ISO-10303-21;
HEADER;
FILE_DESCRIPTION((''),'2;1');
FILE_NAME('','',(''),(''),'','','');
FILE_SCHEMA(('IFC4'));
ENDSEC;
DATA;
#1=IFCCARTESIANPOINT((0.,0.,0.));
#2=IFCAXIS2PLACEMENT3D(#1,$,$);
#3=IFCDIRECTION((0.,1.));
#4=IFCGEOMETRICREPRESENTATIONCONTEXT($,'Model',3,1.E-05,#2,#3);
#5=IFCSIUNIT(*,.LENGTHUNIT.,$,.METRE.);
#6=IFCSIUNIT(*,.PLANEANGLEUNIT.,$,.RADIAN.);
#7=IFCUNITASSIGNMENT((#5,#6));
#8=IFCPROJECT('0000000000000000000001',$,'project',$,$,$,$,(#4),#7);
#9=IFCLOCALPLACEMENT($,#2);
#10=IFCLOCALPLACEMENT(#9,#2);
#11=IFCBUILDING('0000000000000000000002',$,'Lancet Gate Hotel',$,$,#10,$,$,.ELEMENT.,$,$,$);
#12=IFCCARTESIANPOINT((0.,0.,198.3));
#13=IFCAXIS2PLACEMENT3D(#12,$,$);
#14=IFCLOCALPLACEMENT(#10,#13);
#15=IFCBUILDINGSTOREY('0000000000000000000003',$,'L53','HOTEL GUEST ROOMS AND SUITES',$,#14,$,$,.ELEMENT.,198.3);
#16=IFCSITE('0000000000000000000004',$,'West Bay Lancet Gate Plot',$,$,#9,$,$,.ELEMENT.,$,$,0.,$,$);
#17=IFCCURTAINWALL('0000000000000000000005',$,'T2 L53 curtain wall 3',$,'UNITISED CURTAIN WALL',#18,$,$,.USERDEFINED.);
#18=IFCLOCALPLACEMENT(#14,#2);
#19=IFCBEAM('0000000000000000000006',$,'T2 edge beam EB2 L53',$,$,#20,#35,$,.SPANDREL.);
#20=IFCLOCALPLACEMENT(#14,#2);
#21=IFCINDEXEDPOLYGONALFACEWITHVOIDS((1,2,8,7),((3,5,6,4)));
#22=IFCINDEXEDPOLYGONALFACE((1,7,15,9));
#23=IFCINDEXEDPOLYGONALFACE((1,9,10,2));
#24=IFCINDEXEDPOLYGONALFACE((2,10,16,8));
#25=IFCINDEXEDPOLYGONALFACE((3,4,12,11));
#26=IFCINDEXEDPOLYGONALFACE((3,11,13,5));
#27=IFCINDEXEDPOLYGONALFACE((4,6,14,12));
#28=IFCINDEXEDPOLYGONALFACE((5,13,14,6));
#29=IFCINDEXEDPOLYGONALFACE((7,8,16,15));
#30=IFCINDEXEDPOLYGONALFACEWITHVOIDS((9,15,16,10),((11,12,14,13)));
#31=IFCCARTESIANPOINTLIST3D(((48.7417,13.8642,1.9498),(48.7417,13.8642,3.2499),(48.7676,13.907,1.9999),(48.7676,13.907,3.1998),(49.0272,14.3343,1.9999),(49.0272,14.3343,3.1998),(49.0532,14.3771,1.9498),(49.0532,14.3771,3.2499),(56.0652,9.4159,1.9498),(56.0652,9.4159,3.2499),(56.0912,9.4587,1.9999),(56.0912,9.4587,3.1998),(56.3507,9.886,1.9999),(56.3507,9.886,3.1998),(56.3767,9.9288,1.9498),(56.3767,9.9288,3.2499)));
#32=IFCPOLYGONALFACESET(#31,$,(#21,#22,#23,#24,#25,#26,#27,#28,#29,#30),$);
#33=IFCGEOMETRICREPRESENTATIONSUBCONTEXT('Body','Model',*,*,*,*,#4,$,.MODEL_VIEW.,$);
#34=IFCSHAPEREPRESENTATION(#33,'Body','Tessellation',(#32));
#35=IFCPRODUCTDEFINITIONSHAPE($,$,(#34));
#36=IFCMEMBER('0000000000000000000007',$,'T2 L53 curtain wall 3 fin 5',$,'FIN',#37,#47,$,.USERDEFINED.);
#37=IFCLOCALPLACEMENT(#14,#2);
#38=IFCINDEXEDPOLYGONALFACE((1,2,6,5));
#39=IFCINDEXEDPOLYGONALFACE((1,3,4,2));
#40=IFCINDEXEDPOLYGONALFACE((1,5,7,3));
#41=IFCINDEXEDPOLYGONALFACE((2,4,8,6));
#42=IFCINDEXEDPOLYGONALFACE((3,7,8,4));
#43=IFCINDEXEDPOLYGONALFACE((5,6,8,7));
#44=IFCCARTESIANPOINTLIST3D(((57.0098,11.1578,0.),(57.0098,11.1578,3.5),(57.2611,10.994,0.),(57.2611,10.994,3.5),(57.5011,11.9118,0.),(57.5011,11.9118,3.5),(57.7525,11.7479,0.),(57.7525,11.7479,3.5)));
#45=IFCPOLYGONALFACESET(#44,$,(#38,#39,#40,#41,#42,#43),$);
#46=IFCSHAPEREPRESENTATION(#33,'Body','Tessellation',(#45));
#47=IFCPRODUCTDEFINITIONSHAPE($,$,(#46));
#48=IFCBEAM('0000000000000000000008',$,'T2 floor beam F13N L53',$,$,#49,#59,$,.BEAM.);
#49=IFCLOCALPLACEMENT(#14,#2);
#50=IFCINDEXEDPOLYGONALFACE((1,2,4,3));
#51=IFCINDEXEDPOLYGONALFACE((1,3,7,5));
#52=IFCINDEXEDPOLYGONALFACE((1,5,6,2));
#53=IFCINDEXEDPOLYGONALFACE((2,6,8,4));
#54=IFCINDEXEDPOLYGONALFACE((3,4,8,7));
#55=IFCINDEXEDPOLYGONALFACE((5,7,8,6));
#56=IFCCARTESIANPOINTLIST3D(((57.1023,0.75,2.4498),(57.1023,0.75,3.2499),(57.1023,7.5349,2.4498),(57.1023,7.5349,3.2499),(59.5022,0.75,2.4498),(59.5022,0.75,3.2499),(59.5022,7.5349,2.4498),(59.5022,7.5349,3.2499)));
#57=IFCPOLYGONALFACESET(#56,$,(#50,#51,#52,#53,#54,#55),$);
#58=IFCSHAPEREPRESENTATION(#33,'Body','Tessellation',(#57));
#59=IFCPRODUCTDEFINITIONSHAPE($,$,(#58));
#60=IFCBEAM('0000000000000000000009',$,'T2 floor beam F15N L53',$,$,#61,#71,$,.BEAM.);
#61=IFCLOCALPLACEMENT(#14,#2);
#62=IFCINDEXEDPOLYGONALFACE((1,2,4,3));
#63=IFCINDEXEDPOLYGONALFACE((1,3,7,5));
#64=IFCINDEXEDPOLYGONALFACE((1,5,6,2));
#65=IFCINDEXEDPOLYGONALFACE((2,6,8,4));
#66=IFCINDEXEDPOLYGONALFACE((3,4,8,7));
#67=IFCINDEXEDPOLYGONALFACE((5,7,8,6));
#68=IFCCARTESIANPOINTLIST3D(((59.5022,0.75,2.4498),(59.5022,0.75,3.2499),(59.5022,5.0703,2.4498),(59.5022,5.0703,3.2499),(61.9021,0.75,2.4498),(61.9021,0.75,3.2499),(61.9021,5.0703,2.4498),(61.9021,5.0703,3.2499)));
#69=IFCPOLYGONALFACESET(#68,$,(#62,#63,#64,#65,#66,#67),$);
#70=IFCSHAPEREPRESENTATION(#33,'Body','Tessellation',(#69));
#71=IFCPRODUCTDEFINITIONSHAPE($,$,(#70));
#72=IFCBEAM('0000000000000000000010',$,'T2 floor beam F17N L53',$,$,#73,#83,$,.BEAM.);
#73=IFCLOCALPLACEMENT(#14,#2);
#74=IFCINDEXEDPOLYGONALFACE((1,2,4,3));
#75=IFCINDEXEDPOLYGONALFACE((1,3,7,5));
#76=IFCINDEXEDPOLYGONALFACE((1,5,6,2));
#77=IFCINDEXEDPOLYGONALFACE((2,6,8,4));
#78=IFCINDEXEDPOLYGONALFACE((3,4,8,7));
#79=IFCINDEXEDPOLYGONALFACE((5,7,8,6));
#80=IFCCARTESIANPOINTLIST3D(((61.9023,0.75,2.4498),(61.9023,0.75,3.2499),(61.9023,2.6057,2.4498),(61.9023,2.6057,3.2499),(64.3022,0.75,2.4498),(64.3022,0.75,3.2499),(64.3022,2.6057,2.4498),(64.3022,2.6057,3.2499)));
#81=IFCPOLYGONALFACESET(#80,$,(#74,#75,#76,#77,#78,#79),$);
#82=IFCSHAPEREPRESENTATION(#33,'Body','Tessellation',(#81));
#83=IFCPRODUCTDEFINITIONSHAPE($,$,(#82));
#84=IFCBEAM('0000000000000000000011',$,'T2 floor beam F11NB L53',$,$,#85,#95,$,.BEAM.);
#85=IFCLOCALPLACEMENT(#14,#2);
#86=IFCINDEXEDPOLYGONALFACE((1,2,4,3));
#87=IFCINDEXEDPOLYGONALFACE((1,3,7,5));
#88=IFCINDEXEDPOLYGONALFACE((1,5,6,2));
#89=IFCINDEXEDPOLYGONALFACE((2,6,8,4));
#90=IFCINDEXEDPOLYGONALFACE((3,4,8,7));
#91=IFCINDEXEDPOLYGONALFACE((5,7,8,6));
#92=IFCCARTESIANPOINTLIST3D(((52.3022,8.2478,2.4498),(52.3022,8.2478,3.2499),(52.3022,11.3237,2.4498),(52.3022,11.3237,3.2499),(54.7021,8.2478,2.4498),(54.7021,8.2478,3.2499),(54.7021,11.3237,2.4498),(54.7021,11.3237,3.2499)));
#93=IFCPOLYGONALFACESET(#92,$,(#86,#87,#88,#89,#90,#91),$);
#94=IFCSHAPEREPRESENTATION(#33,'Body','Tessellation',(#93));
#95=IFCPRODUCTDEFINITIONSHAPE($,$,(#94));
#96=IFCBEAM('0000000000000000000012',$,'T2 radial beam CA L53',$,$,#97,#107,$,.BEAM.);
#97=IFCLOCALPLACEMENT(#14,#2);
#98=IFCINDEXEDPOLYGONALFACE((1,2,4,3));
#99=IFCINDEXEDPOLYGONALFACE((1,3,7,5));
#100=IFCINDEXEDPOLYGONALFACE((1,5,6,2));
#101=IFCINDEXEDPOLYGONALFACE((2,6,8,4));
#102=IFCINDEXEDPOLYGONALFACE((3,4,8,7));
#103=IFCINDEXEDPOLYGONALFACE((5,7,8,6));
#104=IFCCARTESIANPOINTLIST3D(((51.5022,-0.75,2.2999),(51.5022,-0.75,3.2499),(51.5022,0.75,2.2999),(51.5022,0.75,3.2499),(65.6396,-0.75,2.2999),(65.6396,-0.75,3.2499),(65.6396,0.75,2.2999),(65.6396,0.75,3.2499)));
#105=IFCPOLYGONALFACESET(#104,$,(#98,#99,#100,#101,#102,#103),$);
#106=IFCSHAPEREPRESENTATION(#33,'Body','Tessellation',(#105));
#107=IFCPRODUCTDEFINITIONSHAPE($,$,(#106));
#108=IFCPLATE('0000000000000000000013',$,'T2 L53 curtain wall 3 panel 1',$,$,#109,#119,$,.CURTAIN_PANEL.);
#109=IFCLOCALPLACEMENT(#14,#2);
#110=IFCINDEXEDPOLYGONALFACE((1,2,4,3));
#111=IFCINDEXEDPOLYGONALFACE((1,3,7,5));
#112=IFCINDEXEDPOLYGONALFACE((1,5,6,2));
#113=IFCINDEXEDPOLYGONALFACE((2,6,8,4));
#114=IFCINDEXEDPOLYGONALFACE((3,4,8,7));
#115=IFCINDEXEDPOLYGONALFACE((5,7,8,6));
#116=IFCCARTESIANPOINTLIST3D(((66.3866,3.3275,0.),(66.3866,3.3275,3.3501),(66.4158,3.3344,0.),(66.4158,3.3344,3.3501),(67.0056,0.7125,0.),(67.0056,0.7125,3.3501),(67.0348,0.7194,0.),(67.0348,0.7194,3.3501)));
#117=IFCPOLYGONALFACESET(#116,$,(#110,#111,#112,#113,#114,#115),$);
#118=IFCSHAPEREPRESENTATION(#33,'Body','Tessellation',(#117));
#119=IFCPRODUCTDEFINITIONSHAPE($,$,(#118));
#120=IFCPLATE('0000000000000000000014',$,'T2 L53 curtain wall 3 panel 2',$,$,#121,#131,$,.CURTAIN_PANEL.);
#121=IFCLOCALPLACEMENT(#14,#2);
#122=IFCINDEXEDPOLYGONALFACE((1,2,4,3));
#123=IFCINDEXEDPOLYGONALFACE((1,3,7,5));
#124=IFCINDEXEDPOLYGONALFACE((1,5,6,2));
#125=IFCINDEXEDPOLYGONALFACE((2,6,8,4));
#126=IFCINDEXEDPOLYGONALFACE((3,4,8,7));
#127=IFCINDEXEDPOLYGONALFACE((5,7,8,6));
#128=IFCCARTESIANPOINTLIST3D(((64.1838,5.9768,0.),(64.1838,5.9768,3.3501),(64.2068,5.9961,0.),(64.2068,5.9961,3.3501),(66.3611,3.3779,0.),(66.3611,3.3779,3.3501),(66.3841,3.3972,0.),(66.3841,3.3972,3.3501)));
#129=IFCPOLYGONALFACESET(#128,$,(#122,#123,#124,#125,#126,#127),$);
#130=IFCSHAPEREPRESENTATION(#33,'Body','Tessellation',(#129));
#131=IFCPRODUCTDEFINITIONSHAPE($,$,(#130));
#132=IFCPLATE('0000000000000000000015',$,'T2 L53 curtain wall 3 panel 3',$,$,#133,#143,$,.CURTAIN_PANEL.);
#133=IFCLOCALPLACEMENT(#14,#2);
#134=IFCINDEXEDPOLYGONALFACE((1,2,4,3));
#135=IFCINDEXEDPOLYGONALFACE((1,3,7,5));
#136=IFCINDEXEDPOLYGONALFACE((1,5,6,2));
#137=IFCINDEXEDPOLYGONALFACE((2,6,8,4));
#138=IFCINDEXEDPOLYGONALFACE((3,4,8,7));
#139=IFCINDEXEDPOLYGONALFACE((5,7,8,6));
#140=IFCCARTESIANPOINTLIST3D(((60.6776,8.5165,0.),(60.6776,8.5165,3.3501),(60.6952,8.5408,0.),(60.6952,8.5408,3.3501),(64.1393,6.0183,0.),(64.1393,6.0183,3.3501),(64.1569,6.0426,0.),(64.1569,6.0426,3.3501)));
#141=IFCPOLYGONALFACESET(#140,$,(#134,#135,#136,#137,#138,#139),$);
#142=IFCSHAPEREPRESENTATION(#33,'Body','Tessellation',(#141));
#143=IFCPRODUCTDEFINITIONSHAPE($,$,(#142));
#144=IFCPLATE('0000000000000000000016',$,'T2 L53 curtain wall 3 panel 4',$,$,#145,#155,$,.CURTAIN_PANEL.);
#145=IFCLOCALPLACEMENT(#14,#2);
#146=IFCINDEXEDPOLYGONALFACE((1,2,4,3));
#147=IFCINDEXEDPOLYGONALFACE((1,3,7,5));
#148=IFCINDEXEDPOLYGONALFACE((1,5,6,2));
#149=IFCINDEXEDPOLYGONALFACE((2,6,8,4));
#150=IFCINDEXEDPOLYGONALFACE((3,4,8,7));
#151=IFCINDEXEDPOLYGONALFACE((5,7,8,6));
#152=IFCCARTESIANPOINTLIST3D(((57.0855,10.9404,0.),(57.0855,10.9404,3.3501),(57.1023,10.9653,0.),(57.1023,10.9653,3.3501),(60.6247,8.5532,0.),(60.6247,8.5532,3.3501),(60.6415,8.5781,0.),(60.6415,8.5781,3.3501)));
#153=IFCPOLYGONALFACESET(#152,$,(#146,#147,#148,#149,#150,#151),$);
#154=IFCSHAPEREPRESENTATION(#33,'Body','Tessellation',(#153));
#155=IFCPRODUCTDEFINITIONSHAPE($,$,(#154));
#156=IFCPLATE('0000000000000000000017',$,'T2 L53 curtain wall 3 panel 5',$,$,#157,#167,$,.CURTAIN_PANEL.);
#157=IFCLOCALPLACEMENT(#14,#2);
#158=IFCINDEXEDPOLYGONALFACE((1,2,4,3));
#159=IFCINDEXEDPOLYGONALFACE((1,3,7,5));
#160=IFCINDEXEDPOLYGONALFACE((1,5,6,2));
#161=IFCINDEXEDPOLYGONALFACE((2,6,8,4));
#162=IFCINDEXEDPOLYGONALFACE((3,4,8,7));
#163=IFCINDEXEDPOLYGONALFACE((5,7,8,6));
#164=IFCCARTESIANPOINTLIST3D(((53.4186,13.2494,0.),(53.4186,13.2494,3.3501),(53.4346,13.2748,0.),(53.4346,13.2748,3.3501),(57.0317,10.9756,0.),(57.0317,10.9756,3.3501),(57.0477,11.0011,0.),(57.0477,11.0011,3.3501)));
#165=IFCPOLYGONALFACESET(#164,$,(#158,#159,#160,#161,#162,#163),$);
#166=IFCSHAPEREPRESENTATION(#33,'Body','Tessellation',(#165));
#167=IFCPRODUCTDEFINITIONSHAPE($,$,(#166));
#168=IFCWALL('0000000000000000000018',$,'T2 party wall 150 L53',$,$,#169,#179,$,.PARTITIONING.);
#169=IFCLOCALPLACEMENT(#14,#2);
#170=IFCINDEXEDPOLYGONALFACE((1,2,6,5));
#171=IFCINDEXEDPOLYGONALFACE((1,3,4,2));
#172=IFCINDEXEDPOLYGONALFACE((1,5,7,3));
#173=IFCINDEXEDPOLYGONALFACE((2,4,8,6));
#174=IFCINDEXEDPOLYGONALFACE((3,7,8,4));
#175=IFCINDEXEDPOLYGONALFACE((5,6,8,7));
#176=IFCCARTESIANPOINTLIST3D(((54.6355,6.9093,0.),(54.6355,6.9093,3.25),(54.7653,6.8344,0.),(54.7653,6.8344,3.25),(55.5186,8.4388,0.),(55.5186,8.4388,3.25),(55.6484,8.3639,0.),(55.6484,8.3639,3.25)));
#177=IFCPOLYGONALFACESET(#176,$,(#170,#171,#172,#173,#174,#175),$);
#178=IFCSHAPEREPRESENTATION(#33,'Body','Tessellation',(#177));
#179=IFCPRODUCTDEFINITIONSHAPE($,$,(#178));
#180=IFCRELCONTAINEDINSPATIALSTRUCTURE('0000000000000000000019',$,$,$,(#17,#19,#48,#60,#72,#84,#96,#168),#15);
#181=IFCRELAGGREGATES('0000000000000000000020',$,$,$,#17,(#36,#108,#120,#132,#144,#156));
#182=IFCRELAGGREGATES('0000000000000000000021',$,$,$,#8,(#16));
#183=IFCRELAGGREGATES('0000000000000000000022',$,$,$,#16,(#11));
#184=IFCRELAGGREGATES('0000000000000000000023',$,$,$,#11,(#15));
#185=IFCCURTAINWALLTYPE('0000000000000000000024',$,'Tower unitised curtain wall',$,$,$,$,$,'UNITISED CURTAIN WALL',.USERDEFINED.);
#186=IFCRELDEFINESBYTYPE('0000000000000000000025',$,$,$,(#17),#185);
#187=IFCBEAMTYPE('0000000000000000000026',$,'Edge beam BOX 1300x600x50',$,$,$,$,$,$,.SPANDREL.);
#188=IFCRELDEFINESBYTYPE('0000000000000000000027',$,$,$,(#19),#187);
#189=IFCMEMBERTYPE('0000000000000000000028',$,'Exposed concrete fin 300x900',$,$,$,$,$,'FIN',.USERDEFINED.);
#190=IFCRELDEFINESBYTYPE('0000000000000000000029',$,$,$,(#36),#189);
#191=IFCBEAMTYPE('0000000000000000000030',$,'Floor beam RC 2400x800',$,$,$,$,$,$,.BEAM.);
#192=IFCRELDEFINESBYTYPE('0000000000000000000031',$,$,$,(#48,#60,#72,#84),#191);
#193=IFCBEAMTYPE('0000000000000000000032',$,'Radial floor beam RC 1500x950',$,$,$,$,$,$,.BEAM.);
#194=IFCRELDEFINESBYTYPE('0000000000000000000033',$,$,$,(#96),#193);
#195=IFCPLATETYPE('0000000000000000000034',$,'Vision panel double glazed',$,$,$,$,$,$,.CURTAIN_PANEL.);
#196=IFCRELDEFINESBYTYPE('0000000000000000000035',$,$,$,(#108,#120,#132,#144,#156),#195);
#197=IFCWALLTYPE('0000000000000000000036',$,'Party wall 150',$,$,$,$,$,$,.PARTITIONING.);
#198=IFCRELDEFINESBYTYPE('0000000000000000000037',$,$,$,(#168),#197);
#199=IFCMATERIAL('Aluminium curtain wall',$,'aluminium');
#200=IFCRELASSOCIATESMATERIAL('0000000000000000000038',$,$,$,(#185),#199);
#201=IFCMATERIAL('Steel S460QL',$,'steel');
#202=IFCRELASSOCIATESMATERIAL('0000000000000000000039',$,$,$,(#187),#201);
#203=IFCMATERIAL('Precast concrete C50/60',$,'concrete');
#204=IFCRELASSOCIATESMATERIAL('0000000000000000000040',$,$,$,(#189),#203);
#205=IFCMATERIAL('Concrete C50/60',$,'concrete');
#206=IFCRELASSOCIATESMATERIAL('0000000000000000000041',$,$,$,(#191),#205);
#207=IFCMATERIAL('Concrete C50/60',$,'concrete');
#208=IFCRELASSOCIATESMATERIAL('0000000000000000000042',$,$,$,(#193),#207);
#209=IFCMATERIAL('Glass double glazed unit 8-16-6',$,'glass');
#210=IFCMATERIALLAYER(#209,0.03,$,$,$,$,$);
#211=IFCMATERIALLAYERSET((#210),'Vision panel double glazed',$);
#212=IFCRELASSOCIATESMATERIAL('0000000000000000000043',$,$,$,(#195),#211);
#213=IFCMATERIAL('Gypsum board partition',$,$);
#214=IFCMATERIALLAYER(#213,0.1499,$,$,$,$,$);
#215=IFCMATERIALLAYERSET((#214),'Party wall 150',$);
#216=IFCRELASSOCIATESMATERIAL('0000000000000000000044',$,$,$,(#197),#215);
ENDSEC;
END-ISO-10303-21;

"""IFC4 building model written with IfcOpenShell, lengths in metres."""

from ifc_helpers import new_model, si_unit, direction, frame, frame_2d, origin, origin_2d, place, context, subcontext, project, spatial, rectangle, hollow_rectangle, extrude, material, layer, layer_set, material_profile, profile_set, type_object, element, aggregate, save


model = new_model("IFC4")

# Units and contexts
model_context = context("Model", 3, precision=1e-05, world=origin(), true_north=direction((0.0, 1.0)))
body_context = subcontext(model_context, "Body", "Model", "MODEL_VIEW")
ifc_project = project(units=[si_unit("LENGTHUNIT", "METRE"), si_unit("PLANEANGLEUNIT", "RADIAN")], contexts=[model_context])

# Site, building, storey
site_placement = place(None, origin())
site = spatial("IfcSite", under=ifc_project, at=site_placement, Name="West Bay Lancet Gate Plot", CompositionType="ELEMENT", RefElevation=0.0)
building_placement = place(site_placement, origin())
building = spatial("IfcBuilding", under=site, at=building_placement, Name="Lancet Gate Hotel", CompositionType="ELEMENT")
storey_placement = place(building_placement, frame((0.0, 0.0, 198.3)))
storey = spatial("IfcBuildingStorey", under=building, at=storey_placement, Name="L53", Description="HOTEL GUEST ROOMS AND SUITES", CompositionType="ELEMENT", Elevation=198.3)

# Curtain wall
ifc_material_1 = material(Name="Aluminium curtain wall", Category="aluminium")
curtain_wall_type = type_object("IfcCurtainWallType", Name="Tower unitised curtain wall", ElementType="UNITISED CURTAIN WALL", PredefinedType="USERDEFINED", material=ifc_material_1)
curtain_wall_placement = place(storey_placement, origin())
curtain_wall = element("IfcCurtainWall", 1, at=curtain_wall_placement, inside=storey, type_object=curtain_wall_type, Name="T2 L53 curtain wall 3", ObjectType="UNITISED CURTAIN WALL", PredefinedType="USERDEFINED")

# Beam
ifc_material_2 = material(Name="Steel S460QL", Category="steel")
ifc_material_profile_1 = material_profile(ifc_material_2, hollow_rectangle(XDim=0.6001, YDim=1.3, WallThickness=0.05, at=origin_2d()), Name="BOX 1300x600x50")
ifc_profile_set_1 = profile_set([ifc_material_profile_1], Name="Steel S460QL")
beam_type_1 = type_object("IfcBeamType", Name="Edge beam BOX 1300x600x50", PredefinedType="SPANDREL", material=ifc_profile_set_1)
beam_1_placement = place(storey_placement, frame((56.2209, 9.6724, 2.5999), z_axis=(-0.854692, 0.519135, 0.0), x_axis=(-0.519135, -0.854692, 0.0)))
element("IfcBeam", 2, at=beam_1_placement, inside=storey, type_object=beam_type_1, Name="T2 edge beam EB2 L53", PredefinedType="SPANDREL", context=body_context, shape_type="SweptSolid", body=[
    extrude(hollow_rectangle(XDim=0.6001, YDim=1.3, WallThickness=0.05, at=origin_2d()), origin(), (0.0, 0.0, 1.0), 8.5686),
])

# Member
ifc_material_3 = material(Name="Precast concrete C50/60", Category="concrete")
ifc_material_profile_2 = material_profile(ifc_material_3, rectangle(XDim=0.3, YDim=0.8999, at=origin_2d()), Name="FIN 300x900")
ifc_profile_set_2 = profile_set([ifc_material_profile_2], Name="Precast concrete C50/60")
member_type_1 = type_object("IfcMemberType", Name="Exposed concrete fin 300x900", ElementType="FIN", PredefinedType="USERDEFINED", material=ifc_profile_set_2)
member_1_placement = place(storey_placement, frame((57.3811, 11.4529, 0.0), z_axis=(0.0, 0.0, 1.0), x_axis=(-0.837801, 0.545976, 0.0)))
member_1 = element("IfcMember", 3, at=member_1_placement, type_object=member_type_1, Name="T2 L53 curtain wall 3 fin 5", ObjectType="FIN", PredefinedType="USERDEFINED", context=body_context, shape_type="SweptSolid", body=[
    extrude(rectangle(XDim=0.3, YDim=0.8999, at=origin_2d()), origin(), (0.0, 0.0, 1.0), 3.5),
])

# Beams
ifc_material_4 = material(Name="Concrete C50/60", Category="concrete")
ifc_material_profile_3 = material_profile(ifc_material_4, rectangle(XDim=2.3999, YDim=0.8, at=origin_2d()), Name="RC 2400x800")
ifc_profile_set_3 = profile_set([ifc_material_profile_3], Name="Concrete C50/60")
beam_type_2 = type_object("IfcBeamType", Name="Floor beam RC 2400x800", PredefinedType="BEAM", material=ifc_profile_set_3)
beam_2_placement = place(storey_placement, frame((58.3022, 0.75, 2.8499), z_axis=(0.0, 1.0, 0.0), x_axis=(-1.0, 0.0, 0.0)))
element("IfcBeam", 4, at=beam_2_placement, inside=storey, type_object=beam_type_2, Name="T2 floor beam F13N L53", PredefinedType="BEAM", context=body_context, shape_type="SweptSolid", body=[
    extrude(rectangle(XDim=2.3999, YDim=0.8, at=origin_2d()), origin(), (0.0, 0.0, 1.0), 6.7849),
])
beam_3_placement = place(storey_placement, frame((60.7021, 0.75, 2.8499), z_axis=(0.0, 1.0, 0.0), x_axis=(-1.0, 0.0, 0.0)))
element("IfcBeam", 5, at=beam_3_placement, inside=storey, type_object=beam_type_2, Name="T2 floor beam F15N L53", PredefinedType="BEAM", context=body_context, shape_type="SweptSolid", body=[
    extrude(rectangle(XDim=2.3999, YDim=0.8, at=origin_2d()), origin(), (0.0, 0.0, 1.0), 4.3203),
])
beam_4_placement = place(storey_placement, frame((63.1023, 0.75, 2.8499), z_axis=(0.0, 1.0, 0.0), x_axis=(-1.0, 0.0, 0.0)))
element("IfcBeam", 6, at=beam_4_placement, inside=storey, type_object=beam_type_2, Name="T2 floor beam F17N L53", PredefinedType="BEAM", context=body_context, shape_type="SweptSolid", body=[
    extrude(rectangle(XDim=2.3999, YDim=0.8, at=origin_2d()), origin(), (0.0, 0.0, 1.0), 1.8557),
])
beam_5_placement = place(storey_placement, frame((53.5022, 8.2478, 2.8499), z_axis=(0.0, 1.0, 0.0), x_axis=(-1.0, 0.0, 0.0)))
element("IfcBeam", 7, at=beam_5_placement, inside=storey, type_object=beam_type_2, Name="T2 floor beam F11NB L53", PredefinedType="BEAM", context=body_context, shape_type="SweptSolid", body=[
    extrude(rectangle(XDim=2.3999, YDim=0.8, at=origin_2d()), origin(), (0.0, 0.0, 1.0), 3.0759),
])
ifc_material_5 = material(Name="Concrete C50/60", Category="concrete")
ifc_material_profile_4 = material_profile(ifc_material_5, rectangle(XDim=1.5, YDim=0.95, at=origin_2d()), Name="RC 1500x950")
ifc_profile_set_4 = profile_set([ifc_material_profile_4], Name="Concrete C50/60")
beam_type_3 = type_object("IfcBeamType", Name="Radial floor beam RC 1500x950", PredefinedType="BEAM", material=ifc_profile_set_4)
beam_6_placement = place(storey_placement, frame((65.6396, 0.0, 2.7749), z_axis=(-1.0, 0.0, 0.0), x_axis=(0.0, -1.0, 0.0)))
element("IfcBeam", 8, at=beam_6_placement, inside=storey, type_object=beam_type_3, Name="T2 radial beam CA L53", PredefinedType="BEAM", context=body_context, shape_type="SweptSolid", body=[
    extrude(rectangle(XDim=1.5, YDim=0.95, at=origin_2d()), origin(), (0.0, 0.0, 1.0), 14.1375),
])

# Plates
ifc_material_6 = material(Name="Glass double glazed unit 8-16-6", Category="glass")
ifc_layer_1 = layer(ifc_material_6, 0.03)
ifc_layer_set_1 = layer_set([ifc_layer_1], Name="Vision panel double glazed")
plate_type = type_object("IfcPlateType", Name="Vision panel double glazed", PredefinedType="CURTAIN_PANEL", material=ifc_layer_set_1)
plate_1_placement = place(storey_placement, frame((66.7107, 2.0234, 0.0), z_axis=(0.0, 0.0, 1.0), x_axis=(-0.230367, 0.973104, 0.0)))
plate_1 = element("IfcPlate", 9, at=plate_1_placement, type_object=plate_type, Name="T2 L53 curtain wall 3 panel 1", PredefinedType="CURTAIN_PANEL", context=body_context, shape_type="SweptSolid", body=[
    extrude(rectangle(XDim=2.6873, YDim=0.03, at=origin_2d()), origin(), (0.0, 0.0, 1.0), 3.3501),
])
plate_2_placement = place(storey_placement, frame((65.2839, 4.687, 0.0), z_axis=(0.0, 0.0, 1.0), x_axis=(-0.642199, 0.766538, 0.0)))
plate_2 = element("IfcPlate", 10, at=plate_2_placement, type_object=plate_type, Name="T2 L53 curtain wall 3 panel 2", PredefinedType="CURTAIN_PANEL", context=body_context, shape_type="SweptSolid", body=[
    extrude(rectangle(XDim=3.3904, YDim=0.03, at=origin_2d()), origin(), (0.0, 0.0, 1.0), 3.3501),
])
plate_3_placement = place(storey_placement, frame((62.4172, 7.2795, 0.0), z_axis=(0.0, 0.0, 1.0), x_axis=(-0.810891, 0.585197, 0.0)))
plate_3 = element("IfcPlate", 11, at=plate_3_placement, type_object=plate_type, Name="T2 L53 curtain wall 3 panel 3", PredefinedType="CURTAIN_PANEL", context=body_context, shape_type="SweptSolid", body=[
    extrude(rectangle(XDim=4.269, YDim=0.03, at=origin_2d()), origin(), (0.0, 0.0, 1.0), 3.3501),
])
plate_4_placement = place(storey_placement, frame((58.8635, 9.7593, 0.0), z_axis=(0.0, 0.0, 1.0), x_axis=(-0.829039, 0.559191, 0.0)))
plate_4 = element("IfcPlate", 12, at=plate_4_placement, type_object=plate_type, Name="T2 L53 curtain wall 3 panel 4", PredefinedType="CURTAIN_PANEL", context=body_context, shape_type="SweptSolid", body=[
    extrude(rectangle(XDim=4.269, YDim=0.03, at=origin_2d()), origin(), (0.0, 0.0, 1.0), 3.3501),
])
plate_5_placement = place(storey_placement, frame((55.2332, 12.1252, 0.0), z_axis=(0.0, 0.0, 1.0), x_axis=(-0.846352, 0.532623, 0.0)))
plate_5 = element("IfcPlate", 13, at=plate_5_placement, type_object=plate_type, Name="T2 L53 curtain wall 3 panel 5", PredefinedType="CURTAIN_PANEL", context=body_context, shape_type="SweptSolid", body=[
    extrude(rectangle(XDim=4.269, YDim=0.03, at=origin_2d()), origin(), (0.0, 0.0, 1.0), 3.3501),
])
aggregate(curtain_wall, [member_1, plate_1, plate_2, plate_3, plate_4, plate_5])

# Wall
ifc_material_7 = material(Name="Gypsum board partition")
ifc_layer_2 = layer(ifc_material_7, 0.1499)
ifc_layer_set_2 = layer_set([ifc_layer_2], Name="Party wall 150")
wall_type = type_object("IfcWallType", Name="Party wall 150", PredefinedType="PARTITIONING", material=ifc_layer_set_2)
wall_placement = place(storey_placement, frame((54.7004, 6.8718, 0.0), z_axis=(0.0, 0.0, 1.0), x_axis=(0.49999, 0.866031, 0.0)))
element("IfcWall", 14, at=wall_placement, inside=storey, type_object=wall_type, Name="T2 party wall 150 L53", PredefinedType="PARTITIONING", context=body_context, shape_type="SweptSolid", body=[
    extrude(rectangle(XDim=1.7661, YDim=0.1499, at=frame_2d((0.8831, 0.0))), origin(), (0.0, 0.0, 1.0), 3.25),
])

save(model, "model.ifc")
